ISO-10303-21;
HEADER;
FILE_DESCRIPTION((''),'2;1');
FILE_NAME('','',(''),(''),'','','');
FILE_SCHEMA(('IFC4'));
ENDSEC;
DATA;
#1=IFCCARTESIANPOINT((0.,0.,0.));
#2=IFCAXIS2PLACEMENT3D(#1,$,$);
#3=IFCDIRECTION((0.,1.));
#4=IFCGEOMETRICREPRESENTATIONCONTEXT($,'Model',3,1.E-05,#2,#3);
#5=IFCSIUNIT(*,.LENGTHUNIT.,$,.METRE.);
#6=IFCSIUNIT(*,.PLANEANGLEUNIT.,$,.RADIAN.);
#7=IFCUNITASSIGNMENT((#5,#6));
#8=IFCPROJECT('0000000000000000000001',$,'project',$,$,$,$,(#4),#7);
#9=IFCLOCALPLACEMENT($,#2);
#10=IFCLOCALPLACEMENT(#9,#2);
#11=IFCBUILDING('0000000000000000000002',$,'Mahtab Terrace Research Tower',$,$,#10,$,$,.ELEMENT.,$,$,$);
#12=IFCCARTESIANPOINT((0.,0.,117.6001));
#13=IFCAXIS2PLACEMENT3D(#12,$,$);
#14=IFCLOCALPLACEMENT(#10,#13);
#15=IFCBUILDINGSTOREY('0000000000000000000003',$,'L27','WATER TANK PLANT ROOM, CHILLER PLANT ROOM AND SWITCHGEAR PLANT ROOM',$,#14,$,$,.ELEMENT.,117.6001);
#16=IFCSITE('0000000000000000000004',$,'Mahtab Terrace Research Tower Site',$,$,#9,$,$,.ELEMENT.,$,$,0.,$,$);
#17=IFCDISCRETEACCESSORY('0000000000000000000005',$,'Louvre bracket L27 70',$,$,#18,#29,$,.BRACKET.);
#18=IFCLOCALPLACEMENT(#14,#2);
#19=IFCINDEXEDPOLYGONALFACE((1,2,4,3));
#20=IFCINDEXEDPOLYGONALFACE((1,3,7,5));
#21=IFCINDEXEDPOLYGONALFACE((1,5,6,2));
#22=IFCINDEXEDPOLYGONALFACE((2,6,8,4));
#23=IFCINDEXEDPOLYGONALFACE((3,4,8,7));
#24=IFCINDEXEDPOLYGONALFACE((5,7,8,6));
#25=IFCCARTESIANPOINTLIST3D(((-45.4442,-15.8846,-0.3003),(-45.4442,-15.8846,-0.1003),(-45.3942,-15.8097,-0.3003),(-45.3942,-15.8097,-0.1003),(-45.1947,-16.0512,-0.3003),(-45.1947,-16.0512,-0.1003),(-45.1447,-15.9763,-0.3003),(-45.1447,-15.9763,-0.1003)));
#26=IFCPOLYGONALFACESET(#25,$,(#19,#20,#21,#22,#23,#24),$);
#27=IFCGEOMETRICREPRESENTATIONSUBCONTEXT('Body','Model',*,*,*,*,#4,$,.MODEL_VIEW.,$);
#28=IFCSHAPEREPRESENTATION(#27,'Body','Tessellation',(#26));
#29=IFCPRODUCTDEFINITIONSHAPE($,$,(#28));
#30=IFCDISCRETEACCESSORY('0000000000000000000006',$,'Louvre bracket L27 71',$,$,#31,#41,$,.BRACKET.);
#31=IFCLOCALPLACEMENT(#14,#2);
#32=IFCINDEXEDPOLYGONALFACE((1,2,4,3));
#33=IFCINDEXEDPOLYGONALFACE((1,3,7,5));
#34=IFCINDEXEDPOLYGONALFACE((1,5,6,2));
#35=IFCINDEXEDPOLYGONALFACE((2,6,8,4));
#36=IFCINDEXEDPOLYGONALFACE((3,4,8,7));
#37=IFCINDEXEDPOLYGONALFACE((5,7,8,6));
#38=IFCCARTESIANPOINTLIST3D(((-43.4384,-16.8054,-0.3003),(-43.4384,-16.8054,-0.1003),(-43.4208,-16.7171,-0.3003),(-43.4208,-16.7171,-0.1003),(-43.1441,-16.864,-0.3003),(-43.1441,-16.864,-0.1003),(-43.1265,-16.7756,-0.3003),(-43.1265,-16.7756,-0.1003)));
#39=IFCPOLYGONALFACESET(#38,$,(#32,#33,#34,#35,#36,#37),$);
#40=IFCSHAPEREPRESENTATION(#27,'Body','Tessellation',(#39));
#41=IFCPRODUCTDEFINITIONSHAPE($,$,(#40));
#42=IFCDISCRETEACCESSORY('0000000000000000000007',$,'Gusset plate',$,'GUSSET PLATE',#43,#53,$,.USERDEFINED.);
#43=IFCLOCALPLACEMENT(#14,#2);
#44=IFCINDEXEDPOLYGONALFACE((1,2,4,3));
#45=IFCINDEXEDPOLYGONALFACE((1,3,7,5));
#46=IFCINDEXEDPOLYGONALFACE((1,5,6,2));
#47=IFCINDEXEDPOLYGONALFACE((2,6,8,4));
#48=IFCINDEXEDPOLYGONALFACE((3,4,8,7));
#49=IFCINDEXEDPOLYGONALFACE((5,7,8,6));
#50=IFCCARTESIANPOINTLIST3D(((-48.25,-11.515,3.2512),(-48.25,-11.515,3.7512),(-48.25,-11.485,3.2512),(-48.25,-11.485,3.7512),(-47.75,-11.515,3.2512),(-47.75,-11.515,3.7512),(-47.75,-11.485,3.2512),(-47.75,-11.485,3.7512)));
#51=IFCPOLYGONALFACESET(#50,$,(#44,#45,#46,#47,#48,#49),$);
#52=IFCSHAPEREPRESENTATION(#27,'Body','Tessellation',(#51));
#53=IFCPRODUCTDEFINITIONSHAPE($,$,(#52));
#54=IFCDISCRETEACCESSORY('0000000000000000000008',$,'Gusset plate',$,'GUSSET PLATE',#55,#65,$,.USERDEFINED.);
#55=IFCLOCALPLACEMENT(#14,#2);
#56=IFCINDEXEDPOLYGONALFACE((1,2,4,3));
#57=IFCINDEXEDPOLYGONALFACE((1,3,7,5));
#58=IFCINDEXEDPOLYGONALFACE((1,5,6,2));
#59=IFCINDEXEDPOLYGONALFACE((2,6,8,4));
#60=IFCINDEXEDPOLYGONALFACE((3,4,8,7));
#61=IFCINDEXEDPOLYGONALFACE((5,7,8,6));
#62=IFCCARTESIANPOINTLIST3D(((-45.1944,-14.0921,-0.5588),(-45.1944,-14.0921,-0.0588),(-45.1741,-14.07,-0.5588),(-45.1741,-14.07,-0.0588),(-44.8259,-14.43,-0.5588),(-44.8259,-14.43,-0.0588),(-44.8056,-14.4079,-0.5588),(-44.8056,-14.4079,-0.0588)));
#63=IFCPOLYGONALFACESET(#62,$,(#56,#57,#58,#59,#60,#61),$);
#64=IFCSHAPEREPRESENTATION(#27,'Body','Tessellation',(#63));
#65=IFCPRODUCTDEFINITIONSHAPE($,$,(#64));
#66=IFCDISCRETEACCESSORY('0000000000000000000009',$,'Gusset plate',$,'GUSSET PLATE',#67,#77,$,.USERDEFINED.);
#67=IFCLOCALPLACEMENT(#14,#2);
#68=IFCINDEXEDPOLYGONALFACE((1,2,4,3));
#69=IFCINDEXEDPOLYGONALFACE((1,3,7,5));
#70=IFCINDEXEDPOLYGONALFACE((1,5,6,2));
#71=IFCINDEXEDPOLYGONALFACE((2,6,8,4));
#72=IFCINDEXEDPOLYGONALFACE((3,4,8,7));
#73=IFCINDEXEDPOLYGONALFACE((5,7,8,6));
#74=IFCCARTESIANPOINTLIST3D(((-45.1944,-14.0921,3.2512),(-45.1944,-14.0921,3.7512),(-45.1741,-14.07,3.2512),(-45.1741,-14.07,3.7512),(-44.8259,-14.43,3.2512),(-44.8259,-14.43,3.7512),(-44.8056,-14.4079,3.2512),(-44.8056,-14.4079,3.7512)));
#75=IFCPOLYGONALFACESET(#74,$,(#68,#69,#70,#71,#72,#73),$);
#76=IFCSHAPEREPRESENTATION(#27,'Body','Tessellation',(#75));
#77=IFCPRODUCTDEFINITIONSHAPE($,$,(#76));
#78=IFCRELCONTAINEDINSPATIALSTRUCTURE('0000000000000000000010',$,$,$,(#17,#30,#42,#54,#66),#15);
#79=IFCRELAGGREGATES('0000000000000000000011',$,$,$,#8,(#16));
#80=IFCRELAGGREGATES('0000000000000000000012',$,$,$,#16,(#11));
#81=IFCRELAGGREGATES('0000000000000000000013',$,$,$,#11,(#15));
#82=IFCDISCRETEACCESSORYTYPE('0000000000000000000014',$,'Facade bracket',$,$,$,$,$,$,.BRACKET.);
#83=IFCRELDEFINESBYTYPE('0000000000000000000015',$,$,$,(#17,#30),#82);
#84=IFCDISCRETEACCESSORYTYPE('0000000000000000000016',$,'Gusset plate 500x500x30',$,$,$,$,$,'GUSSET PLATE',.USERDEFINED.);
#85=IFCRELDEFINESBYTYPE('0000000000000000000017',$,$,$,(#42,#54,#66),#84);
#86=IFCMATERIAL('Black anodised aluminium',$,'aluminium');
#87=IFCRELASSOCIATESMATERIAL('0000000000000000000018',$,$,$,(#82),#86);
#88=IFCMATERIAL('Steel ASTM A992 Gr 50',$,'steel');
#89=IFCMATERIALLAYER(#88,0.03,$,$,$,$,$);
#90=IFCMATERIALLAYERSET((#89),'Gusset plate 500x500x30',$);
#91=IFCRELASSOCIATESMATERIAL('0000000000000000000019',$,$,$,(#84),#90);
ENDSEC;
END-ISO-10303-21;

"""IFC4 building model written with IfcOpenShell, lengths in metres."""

from ifc_helpers import new_model, si_unit, direction, frame, origin, origin_2d, place, context, subcontext, project, spatial, rectangle, extrude, material, layer, layer_set, type_object, element, save


model = new_model("IFC4")

# Units and contexts
model_context = context("Model", 3, precision=1e-05, world=origin(), true_north=direction((0.0, 1.0)))
body_context = subcontext(model_context, "Body", "Model", "MODEL_VIEW")
ifc_project = project(units=[si_unit("LENGTHUNIT", "METRE"), si_unit("PLANEANGLEUNIT", "RADIAN")], contexts=[model_context])

# Site, building, storey
site_placement = place(None, origin())
site = spatial("IfcSite", under=ifc_project, at=site_placement, Name="Mahtab Terrace Research Tower Site", CompositionType="ELEMENT", RefElevation=0.0)
building_placement = place(site_placement, origin())
building = spatial("IfcBuilding", under=site, at=building_placement, Name="Mahtab Terrace Research Tower", CompositionType="ELEMENT")
storey_placement = place(building_placement, frame((0.0, 0.0, 117.6001)))
storey = spatial("IfcBuildingStorey", under=building, at=storey_placement, Name="L27", Description="WATER TANK PLANT ROOM, CHILLER PLANT ROOM AND SWITCHGEAR PLANT ROOM", CompositionType="ELEMENT", Elevation=117.6001)

# Shared definitions
ifc_material_1 = material(Name="Steel ASTM A992 Gr 50", Category="steel")

# Discrete accessories
ifc_material_2 = material(Name="Black anodised aluminium", Category="aluminium")
discrete_accessory_type_1 = type_object("IfcDiscreteAccessoryType", Name="Facade bracket", PredefinedType="BRACKET", material=ifc_material_2)
for number, where, z_axis, x_axis, name in (
    (1, (-45.2944, -15.9304, -0.3003), (0.0, 0.0, 1.0), (0.831656, -0.555291, 0.0), "Louvre bracket L27 70"),
    (2, (-43.2825, -16.7905, -0.3003), (0.0, 0.0, 1.0), (0.980761, -0.195212, 0.0), "Louvre bracket L27 71"),
):
    element("IfcDiscreteAccessory", number, at=place(storey_placement, frame(where, z_axis=z_axis, x_axis=x_axis)), inside=storey, type_object=discrete_accessory_type_1, Name=name, PredefinedType="BRACKET", context=body_context, shape_type="SweptSolid", body=[
        extrude(rectangle(XDim=0.3, YDim=0.0901, at=origin_2d()), origin(), (0.0, 0.0, 1.0), 0.2),
    ])
ifc_layer = layer(ifc_material_1, 0.03)
ifc_layer_set = layer_set([ifc_layer], Name="Gusset plate 500x500x30")
discrete_accessory_type_2 = type_object("IfcDiscreteAccessoryType", Name="Gusset plate 500x500x30", ElementType="GUSSET PLATE", PredefinedType="USERDEFINED", material=ifc_layer_set)
for number, where, z_axis, x_axis, name in (
    (3, (-48.0, -11.5, 3.2512), (0.0, 0.0, 1.0), (1.0, 0.0, 0.0), "Gusset plate"),
    (4, (-45.0, -14.25, -0.5588), (0.0, 0.0, 1.0), (-0.737159, 0.675719, 0.0), "Gusset plate"),
    (5, (-45.0, -14.25, 3.2512), (0.0, 0.0, 1.0), (-0.737159, 0.675719, 0.0), "Gusset plate"),
):
    element("IfcDiscreteAccessory", number, at=place(storey_placement, frame(where, z_axis=z_axis, x_axis=x_axis)), inside=storey, type_object=discrete_accessory_type_2, Name=name, ObjectType="GUSSET PLATE", PredefinedType="USERDEFINED", context=body_context, shape_type="SweptSolid", body=[
        extrude(rectangle(XDim=0.5, YDim=0.03, at=origin_2d()), origin(), (0.0, 0.0, 1.0), 0.5),
    ])

save(model, "model.ifc")
